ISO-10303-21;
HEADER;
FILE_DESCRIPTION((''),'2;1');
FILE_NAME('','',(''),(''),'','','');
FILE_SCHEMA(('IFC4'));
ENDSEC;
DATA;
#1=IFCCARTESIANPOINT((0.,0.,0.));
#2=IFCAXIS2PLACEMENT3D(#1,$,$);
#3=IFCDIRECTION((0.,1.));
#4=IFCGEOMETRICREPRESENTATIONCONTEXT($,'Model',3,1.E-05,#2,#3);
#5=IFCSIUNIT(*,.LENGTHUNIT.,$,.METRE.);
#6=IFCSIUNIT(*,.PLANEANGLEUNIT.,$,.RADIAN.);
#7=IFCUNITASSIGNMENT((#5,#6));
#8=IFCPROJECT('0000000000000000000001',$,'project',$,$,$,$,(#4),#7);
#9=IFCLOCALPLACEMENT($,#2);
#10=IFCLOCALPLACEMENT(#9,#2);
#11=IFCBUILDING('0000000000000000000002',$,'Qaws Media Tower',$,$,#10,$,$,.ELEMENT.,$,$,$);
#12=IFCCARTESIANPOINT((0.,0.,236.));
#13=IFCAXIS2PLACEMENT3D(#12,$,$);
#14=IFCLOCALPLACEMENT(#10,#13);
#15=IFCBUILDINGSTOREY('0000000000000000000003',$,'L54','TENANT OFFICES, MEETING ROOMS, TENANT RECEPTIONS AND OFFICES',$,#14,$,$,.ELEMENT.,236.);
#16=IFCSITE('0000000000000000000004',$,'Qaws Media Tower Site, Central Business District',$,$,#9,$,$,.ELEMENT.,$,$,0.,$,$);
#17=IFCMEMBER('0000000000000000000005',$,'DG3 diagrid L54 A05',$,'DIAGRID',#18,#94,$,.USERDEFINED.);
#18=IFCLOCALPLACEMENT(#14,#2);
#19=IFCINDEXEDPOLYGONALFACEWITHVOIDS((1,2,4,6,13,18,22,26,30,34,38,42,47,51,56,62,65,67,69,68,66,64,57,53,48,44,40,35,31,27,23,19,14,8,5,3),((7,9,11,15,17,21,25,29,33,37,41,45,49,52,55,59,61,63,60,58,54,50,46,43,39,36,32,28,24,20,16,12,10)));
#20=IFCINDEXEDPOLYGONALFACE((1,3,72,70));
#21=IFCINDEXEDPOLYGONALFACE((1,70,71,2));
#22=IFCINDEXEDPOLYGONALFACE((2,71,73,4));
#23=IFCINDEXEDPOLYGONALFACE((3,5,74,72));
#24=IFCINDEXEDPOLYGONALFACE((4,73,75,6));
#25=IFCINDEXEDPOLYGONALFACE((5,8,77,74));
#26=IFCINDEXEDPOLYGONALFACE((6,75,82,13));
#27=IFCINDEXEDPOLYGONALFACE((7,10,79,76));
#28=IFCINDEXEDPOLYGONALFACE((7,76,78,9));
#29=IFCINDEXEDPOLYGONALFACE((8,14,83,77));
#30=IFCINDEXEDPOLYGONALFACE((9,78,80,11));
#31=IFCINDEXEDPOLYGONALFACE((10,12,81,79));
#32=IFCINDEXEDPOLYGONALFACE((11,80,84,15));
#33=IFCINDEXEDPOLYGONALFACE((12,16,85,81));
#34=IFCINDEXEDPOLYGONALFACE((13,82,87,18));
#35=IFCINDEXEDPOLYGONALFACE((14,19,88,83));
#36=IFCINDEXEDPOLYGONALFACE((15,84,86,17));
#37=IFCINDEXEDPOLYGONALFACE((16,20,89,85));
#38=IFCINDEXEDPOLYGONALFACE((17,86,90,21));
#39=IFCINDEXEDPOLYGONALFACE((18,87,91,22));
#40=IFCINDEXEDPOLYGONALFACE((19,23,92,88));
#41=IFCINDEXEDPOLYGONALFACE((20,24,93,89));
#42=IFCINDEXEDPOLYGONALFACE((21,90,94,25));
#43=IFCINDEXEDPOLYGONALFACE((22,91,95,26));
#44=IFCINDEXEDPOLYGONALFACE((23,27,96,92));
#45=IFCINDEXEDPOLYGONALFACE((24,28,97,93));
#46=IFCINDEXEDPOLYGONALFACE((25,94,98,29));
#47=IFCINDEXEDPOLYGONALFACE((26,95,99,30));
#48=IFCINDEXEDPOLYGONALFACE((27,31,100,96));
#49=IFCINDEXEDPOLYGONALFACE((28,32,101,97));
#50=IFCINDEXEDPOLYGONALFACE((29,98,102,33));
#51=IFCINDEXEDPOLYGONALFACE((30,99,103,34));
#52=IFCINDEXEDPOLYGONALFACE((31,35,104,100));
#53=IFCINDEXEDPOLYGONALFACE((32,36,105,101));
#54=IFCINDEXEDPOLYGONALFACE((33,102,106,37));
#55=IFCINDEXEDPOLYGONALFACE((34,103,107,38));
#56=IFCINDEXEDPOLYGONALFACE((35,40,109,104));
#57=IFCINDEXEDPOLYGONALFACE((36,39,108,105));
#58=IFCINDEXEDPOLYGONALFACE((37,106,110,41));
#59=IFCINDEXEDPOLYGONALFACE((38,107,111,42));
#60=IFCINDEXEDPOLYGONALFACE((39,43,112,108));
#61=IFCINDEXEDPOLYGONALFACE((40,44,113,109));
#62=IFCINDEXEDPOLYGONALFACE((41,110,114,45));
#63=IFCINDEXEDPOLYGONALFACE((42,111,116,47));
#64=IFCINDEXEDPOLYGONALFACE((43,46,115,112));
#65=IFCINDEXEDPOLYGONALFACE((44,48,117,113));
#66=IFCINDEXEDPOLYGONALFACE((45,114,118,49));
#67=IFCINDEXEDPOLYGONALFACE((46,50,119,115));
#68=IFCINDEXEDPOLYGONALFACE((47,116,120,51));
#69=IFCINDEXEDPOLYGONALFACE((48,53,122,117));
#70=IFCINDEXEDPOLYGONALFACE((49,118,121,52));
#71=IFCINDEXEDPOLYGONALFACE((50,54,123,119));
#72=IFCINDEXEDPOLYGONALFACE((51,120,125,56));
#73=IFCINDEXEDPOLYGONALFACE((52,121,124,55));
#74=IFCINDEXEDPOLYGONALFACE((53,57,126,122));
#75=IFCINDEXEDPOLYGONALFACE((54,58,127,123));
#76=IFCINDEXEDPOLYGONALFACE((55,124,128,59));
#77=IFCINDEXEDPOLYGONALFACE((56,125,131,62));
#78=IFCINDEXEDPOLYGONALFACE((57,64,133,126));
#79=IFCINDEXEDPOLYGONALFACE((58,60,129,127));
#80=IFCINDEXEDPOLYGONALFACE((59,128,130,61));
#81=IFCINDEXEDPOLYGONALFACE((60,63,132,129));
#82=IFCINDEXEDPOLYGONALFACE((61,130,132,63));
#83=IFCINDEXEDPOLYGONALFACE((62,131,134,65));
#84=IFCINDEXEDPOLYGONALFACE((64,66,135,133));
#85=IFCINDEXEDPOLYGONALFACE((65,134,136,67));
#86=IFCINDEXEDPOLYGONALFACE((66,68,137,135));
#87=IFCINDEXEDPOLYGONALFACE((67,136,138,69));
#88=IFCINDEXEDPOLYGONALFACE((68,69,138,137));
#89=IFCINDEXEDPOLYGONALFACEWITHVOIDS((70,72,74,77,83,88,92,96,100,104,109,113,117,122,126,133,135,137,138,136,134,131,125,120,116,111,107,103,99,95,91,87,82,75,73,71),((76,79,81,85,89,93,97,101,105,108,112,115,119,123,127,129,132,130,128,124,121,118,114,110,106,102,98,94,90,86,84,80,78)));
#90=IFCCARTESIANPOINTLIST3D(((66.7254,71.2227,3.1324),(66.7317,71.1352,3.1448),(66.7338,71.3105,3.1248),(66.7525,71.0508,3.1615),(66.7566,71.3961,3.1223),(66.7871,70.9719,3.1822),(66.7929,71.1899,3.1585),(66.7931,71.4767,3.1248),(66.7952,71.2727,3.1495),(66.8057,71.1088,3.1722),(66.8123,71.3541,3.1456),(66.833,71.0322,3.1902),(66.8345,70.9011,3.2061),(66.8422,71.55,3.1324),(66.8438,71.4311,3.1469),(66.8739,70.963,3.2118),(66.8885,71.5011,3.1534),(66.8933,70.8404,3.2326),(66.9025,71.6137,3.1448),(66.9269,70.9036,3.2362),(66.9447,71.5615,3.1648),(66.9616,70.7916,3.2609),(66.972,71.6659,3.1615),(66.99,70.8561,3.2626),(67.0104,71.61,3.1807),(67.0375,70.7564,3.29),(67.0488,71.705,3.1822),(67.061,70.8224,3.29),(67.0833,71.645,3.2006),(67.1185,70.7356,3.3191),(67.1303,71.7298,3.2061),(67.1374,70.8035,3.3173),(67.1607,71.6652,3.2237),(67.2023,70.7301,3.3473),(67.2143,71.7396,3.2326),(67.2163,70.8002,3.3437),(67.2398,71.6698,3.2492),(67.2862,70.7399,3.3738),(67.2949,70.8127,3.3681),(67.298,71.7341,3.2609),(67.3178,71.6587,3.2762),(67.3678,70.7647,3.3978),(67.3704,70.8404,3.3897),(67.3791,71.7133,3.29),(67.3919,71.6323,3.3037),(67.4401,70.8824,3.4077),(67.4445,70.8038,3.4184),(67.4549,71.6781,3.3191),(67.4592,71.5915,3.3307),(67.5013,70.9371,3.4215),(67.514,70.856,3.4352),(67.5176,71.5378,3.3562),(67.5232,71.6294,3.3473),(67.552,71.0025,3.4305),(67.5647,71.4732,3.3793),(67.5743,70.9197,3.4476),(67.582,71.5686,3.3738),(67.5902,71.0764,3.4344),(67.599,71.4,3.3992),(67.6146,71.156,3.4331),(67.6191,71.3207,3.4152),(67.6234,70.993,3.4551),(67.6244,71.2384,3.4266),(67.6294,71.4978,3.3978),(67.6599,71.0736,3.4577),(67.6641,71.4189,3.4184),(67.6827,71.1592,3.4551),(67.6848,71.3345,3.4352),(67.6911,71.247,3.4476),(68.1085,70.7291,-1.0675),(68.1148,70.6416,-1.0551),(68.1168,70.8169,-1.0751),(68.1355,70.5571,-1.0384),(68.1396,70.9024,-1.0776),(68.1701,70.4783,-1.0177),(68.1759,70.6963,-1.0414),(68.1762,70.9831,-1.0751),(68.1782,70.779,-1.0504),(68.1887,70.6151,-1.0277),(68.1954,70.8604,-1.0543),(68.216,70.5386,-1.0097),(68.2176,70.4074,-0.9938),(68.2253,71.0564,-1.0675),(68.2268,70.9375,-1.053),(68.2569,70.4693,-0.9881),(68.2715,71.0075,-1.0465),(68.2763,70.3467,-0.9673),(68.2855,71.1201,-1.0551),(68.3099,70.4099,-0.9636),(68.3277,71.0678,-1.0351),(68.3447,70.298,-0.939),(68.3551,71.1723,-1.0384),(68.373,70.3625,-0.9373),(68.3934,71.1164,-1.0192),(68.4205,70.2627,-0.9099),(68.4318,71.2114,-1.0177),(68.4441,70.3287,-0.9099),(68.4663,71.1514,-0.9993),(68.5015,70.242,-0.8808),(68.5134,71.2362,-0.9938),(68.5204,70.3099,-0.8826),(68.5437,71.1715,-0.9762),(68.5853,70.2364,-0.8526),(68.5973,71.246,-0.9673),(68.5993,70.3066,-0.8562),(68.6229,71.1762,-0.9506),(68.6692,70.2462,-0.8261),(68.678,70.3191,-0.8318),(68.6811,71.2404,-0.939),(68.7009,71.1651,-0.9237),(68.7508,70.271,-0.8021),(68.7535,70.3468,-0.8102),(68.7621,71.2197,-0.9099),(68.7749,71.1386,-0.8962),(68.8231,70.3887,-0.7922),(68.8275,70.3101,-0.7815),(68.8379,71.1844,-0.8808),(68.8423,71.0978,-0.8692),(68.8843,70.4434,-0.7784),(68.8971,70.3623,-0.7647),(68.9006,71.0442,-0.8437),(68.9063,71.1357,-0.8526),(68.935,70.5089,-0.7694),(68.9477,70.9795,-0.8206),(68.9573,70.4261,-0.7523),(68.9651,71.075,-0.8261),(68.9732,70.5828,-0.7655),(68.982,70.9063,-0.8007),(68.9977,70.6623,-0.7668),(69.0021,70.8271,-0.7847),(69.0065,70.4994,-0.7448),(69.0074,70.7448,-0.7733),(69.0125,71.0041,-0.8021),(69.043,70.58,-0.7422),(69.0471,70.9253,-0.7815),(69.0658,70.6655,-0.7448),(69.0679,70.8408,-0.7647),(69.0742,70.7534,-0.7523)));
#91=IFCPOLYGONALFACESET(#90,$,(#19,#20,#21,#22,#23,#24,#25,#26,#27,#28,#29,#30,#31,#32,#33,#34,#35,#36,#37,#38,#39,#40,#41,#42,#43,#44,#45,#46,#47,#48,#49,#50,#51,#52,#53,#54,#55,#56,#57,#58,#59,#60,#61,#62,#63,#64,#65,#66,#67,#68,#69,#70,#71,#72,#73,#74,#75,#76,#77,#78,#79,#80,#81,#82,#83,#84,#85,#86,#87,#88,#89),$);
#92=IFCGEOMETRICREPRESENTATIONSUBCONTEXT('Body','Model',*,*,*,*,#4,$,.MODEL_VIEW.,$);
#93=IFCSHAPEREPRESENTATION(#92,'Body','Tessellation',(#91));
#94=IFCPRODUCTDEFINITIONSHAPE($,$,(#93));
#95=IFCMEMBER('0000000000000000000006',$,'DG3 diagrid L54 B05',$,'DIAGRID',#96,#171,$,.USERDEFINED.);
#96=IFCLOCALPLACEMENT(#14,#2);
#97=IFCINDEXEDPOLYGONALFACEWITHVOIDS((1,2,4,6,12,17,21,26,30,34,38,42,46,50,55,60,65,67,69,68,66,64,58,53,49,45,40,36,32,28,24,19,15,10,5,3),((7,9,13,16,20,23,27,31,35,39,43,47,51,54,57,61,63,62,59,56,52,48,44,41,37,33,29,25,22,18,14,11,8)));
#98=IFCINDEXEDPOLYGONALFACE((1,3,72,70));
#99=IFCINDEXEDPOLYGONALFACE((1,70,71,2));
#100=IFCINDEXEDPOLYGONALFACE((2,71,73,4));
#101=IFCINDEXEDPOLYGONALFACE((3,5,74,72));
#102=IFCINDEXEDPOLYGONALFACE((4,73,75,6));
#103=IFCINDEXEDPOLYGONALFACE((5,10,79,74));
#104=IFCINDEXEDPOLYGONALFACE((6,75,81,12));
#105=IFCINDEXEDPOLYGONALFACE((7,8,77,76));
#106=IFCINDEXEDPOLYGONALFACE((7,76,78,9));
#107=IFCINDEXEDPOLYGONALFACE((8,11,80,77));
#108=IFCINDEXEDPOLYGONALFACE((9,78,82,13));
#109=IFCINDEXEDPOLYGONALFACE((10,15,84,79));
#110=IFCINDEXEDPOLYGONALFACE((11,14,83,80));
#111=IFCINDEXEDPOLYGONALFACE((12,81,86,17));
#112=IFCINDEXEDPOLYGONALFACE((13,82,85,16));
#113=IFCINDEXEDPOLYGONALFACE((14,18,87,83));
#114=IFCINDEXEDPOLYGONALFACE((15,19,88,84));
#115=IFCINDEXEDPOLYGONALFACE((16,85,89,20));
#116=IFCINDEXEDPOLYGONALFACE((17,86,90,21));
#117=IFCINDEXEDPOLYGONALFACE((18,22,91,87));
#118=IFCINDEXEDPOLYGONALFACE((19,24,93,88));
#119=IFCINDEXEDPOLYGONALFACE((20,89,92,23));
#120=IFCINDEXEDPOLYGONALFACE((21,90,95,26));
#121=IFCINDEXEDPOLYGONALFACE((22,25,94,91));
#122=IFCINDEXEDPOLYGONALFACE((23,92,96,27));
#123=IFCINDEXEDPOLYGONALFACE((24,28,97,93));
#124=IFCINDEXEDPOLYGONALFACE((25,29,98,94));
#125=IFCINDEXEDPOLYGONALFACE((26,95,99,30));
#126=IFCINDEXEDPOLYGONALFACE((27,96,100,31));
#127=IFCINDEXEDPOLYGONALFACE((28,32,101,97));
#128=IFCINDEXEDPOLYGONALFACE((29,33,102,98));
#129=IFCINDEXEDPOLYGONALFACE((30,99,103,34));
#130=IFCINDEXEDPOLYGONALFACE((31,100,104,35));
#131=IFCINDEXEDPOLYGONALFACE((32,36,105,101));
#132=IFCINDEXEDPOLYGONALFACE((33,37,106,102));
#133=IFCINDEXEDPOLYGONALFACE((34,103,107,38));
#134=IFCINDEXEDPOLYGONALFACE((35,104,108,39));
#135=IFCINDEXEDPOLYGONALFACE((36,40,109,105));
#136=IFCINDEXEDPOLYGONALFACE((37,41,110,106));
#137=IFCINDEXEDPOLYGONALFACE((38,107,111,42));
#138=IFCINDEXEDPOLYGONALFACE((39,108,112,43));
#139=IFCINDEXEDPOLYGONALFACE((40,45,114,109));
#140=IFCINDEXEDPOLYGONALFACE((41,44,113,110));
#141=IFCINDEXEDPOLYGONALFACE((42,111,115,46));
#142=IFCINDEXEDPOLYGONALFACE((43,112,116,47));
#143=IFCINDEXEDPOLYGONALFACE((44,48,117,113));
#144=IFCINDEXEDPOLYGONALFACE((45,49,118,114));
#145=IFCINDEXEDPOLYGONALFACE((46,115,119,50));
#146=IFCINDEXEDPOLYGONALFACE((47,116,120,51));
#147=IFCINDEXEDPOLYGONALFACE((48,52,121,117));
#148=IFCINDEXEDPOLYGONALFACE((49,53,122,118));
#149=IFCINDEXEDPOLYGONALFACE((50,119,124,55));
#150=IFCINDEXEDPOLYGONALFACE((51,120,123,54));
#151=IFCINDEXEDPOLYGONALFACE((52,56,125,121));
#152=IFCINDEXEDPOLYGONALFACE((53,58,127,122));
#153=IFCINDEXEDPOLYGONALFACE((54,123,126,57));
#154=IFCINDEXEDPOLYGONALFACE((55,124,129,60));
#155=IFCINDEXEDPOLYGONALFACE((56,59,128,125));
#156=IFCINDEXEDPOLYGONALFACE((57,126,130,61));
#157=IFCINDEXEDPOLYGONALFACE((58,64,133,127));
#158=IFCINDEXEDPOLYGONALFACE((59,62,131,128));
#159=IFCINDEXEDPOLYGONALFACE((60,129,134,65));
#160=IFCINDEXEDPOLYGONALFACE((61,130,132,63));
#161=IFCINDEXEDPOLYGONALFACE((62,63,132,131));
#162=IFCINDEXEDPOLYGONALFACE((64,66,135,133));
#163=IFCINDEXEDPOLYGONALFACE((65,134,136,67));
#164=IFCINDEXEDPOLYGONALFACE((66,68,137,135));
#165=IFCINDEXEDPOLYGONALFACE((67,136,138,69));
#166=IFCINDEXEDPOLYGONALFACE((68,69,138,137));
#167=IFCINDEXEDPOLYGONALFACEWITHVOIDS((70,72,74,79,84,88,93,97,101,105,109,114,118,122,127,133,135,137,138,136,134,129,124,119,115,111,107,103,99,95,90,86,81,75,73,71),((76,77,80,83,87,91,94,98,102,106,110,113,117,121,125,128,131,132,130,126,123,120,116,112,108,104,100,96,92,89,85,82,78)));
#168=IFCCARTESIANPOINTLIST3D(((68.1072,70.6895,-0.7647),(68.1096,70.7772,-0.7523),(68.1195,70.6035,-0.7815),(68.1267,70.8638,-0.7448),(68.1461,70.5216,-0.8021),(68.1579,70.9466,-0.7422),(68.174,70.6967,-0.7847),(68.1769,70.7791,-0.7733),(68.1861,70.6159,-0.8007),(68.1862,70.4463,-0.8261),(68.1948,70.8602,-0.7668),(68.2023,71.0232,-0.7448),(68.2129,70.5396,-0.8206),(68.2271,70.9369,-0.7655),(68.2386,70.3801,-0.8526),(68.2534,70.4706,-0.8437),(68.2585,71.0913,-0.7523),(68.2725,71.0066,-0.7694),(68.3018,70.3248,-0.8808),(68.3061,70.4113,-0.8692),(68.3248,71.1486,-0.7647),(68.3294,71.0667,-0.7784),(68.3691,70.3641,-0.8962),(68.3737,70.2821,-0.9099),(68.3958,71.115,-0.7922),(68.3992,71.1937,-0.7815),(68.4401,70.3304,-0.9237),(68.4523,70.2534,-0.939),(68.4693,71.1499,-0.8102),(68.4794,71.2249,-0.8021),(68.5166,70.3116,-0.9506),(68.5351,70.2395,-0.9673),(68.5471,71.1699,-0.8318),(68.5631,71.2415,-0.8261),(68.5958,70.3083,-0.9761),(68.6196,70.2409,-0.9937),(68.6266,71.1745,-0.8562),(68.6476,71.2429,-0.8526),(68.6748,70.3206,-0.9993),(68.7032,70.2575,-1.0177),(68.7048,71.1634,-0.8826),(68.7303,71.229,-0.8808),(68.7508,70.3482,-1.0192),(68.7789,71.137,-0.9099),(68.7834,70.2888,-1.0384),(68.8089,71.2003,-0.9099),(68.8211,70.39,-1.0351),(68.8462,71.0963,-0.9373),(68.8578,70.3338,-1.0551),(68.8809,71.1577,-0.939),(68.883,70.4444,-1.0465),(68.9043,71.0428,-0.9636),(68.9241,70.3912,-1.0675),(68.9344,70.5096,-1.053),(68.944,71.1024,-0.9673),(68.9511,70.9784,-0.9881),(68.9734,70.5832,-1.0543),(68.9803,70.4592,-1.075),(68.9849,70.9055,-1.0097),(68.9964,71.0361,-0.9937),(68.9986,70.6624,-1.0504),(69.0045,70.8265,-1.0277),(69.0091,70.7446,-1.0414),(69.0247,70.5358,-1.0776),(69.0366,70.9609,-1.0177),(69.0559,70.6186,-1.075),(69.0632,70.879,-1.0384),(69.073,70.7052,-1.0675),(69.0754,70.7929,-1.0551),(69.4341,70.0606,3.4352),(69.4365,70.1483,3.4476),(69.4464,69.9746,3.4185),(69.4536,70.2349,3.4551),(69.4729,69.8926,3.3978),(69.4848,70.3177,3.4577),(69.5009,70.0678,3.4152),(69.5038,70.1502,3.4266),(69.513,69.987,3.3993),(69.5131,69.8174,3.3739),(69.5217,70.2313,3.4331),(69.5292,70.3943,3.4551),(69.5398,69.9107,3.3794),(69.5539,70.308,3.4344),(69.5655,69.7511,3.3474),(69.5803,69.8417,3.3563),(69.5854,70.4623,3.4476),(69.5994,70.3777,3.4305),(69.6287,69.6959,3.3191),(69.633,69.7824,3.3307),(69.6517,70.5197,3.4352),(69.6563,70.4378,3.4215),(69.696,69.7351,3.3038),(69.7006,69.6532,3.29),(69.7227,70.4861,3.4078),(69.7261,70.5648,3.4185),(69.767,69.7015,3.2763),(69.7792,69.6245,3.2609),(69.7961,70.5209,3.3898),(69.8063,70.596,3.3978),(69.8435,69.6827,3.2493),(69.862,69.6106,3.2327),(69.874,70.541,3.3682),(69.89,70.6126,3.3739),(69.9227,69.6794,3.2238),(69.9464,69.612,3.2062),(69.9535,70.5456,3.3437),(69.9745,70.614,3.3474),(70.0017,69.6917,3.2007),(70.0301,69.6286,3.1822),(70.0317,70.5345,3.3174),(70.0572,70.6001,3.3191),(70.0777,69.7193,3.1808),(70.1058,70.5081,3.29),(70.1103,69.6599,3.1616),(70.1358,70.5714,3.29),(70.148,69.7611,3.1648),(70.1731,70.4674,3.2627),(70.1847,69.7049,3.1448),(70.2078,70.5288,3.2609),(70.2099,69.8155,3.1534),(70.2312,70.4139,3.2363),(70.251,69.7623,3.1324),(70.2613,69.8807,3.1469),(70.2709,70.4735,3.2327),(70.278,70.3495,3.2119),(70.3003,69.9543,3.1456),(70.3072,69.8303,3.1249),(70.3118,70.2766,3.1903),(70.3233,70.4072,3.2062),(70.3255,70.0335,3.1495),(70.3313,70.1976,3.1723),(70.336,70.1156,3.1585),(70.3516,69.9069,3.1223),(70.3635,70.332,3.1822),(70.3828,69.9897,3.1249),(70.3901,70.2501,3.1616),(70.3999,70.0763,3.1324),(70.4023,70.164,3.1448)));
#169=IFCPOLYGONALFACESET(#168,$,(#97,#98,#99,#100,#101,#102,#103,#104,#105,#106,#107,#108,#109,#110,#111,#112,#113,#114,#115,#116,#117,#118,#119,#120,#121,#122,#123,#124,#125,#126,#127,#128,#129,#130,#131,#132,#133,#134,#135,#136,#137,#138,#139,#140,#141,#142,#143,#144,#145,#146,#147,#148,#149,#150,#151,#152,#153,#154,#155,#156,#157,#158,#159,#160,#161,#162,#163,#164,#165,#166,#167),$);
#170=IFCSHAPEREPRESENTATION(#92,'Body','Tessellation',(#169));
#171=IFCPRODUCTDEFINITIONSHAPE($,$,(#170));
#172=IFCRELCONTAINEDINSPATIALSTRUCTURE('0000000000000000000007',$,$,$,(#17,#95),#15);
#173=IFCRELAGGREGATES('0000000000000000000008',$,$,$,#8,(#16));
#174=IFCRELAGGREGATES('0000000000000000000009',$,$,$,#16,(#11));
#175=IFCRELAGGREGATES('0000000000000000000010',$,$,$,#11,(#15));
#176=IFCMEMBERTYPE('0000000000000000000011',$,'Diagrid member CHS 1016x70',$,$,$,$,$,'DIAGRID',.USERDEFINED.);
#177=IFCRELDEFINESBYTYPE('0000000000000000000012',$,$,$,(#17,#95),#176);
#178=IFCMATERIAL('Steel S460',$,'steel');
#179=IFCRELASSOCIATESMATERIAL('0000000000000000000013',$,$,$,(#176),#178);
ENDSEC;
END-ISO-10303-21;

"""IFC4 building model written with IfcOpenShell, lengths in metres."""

from ifc_helpers import new_model, si_unit, direction, frame, origin, origin_2d, place, context, subcontext, project, spatial, hollow_circle, extrude, material, material_profile, profile_set, type_object, element, save


model = new_model("IFC4")

# Units and contexts
model_context = context("Model", 3, precision=1e-05, world=origin(), true_north=direction((0.0, 1.0)))
body_context = subcontext(model_context, "Body", "Model", "MODEL_VIEW")
ifc_project = project(units=[si_unit("LENGTHUNIT", "METRE"), si_unit("PLANEANGLEUNIT", "RADIAN")], contexts=[model_context])

# Site, building, storey
site_placement = place(None, origin())
site = spatial("IfcSite", under=ifc_project, at=site_placement, Name="Qaws Media Tower Site, Central Business District", CompositionType="ELEMENT", RefElevation=0.0)
building_placement = place(site_placement, origin())
building = spatial("IfcBuilding", under=site, at=building_placement, Name="Qaws Media Tower", CompositionType="ELEMENT")
storey_placement = place(building_placement, frame((0.0, 0.0, 236.0)))
storey = spatial("IfcBuildingStorey", under=building, at=storey_placement, Name="L54", Description="TENANT OFFICES, MEETING ROOMS, TENANT RECEPTIONS AND OFFICES", CompositionType="ELEMENT", Elevation=236.0)

# Members
ifc_material_1 = material(Name="Steel S460", Category="steel")
ifc_material_profile_1 = material_profile(ifc_material_1, hollow_circle(Radius=0.5081, WallThickness=0.0701, at=origin_2d()), Name="CHS 1016x70")
ifc_profile_set_1 = profile_set([ifc_material_profile_1], Name="Steel S460")
member_type_1 = type_object("IfcMemberType", Name="Diagrid member CHS 1016x70", ElementType="DIAGRID", PredefinedType="USERDEFINED", material=ifc_profile_set_1)
for number, where, z_axis, x_axis, name in (
    (1, (68.5913, 70.7412, -0.9099), (-0.310849, 0.110951, 0.943961), (-0.336157, -0.941806, 0.0), "DG3 diagrid L54 A05"),
    (2, (68.5913, 70.7412, -0.9099), (0.298231, -0.141351, 0.943969), (0.428294, 0.90364, 0.0), "DG3 diagrid L54 B05"),
):
    element("IfcMember", number, at=place(storey_placement, frame(where, z_axis=z_axis, x_axis=x_axis)), inside=storey, type_object=member_type_1, Name=name, ObjectType="DIAGRID", PredefinedType="USERDEFINED", context=body_context, shape_type="SweptSolid", body=[
        extrude(hollow_circle(Radius=0.5081, WallThickness=0.0701, at=origin_2d()), origin(), (0.0, 0.0, 1.0), 4.4492),
    ])

save(model, "model.ifc")
